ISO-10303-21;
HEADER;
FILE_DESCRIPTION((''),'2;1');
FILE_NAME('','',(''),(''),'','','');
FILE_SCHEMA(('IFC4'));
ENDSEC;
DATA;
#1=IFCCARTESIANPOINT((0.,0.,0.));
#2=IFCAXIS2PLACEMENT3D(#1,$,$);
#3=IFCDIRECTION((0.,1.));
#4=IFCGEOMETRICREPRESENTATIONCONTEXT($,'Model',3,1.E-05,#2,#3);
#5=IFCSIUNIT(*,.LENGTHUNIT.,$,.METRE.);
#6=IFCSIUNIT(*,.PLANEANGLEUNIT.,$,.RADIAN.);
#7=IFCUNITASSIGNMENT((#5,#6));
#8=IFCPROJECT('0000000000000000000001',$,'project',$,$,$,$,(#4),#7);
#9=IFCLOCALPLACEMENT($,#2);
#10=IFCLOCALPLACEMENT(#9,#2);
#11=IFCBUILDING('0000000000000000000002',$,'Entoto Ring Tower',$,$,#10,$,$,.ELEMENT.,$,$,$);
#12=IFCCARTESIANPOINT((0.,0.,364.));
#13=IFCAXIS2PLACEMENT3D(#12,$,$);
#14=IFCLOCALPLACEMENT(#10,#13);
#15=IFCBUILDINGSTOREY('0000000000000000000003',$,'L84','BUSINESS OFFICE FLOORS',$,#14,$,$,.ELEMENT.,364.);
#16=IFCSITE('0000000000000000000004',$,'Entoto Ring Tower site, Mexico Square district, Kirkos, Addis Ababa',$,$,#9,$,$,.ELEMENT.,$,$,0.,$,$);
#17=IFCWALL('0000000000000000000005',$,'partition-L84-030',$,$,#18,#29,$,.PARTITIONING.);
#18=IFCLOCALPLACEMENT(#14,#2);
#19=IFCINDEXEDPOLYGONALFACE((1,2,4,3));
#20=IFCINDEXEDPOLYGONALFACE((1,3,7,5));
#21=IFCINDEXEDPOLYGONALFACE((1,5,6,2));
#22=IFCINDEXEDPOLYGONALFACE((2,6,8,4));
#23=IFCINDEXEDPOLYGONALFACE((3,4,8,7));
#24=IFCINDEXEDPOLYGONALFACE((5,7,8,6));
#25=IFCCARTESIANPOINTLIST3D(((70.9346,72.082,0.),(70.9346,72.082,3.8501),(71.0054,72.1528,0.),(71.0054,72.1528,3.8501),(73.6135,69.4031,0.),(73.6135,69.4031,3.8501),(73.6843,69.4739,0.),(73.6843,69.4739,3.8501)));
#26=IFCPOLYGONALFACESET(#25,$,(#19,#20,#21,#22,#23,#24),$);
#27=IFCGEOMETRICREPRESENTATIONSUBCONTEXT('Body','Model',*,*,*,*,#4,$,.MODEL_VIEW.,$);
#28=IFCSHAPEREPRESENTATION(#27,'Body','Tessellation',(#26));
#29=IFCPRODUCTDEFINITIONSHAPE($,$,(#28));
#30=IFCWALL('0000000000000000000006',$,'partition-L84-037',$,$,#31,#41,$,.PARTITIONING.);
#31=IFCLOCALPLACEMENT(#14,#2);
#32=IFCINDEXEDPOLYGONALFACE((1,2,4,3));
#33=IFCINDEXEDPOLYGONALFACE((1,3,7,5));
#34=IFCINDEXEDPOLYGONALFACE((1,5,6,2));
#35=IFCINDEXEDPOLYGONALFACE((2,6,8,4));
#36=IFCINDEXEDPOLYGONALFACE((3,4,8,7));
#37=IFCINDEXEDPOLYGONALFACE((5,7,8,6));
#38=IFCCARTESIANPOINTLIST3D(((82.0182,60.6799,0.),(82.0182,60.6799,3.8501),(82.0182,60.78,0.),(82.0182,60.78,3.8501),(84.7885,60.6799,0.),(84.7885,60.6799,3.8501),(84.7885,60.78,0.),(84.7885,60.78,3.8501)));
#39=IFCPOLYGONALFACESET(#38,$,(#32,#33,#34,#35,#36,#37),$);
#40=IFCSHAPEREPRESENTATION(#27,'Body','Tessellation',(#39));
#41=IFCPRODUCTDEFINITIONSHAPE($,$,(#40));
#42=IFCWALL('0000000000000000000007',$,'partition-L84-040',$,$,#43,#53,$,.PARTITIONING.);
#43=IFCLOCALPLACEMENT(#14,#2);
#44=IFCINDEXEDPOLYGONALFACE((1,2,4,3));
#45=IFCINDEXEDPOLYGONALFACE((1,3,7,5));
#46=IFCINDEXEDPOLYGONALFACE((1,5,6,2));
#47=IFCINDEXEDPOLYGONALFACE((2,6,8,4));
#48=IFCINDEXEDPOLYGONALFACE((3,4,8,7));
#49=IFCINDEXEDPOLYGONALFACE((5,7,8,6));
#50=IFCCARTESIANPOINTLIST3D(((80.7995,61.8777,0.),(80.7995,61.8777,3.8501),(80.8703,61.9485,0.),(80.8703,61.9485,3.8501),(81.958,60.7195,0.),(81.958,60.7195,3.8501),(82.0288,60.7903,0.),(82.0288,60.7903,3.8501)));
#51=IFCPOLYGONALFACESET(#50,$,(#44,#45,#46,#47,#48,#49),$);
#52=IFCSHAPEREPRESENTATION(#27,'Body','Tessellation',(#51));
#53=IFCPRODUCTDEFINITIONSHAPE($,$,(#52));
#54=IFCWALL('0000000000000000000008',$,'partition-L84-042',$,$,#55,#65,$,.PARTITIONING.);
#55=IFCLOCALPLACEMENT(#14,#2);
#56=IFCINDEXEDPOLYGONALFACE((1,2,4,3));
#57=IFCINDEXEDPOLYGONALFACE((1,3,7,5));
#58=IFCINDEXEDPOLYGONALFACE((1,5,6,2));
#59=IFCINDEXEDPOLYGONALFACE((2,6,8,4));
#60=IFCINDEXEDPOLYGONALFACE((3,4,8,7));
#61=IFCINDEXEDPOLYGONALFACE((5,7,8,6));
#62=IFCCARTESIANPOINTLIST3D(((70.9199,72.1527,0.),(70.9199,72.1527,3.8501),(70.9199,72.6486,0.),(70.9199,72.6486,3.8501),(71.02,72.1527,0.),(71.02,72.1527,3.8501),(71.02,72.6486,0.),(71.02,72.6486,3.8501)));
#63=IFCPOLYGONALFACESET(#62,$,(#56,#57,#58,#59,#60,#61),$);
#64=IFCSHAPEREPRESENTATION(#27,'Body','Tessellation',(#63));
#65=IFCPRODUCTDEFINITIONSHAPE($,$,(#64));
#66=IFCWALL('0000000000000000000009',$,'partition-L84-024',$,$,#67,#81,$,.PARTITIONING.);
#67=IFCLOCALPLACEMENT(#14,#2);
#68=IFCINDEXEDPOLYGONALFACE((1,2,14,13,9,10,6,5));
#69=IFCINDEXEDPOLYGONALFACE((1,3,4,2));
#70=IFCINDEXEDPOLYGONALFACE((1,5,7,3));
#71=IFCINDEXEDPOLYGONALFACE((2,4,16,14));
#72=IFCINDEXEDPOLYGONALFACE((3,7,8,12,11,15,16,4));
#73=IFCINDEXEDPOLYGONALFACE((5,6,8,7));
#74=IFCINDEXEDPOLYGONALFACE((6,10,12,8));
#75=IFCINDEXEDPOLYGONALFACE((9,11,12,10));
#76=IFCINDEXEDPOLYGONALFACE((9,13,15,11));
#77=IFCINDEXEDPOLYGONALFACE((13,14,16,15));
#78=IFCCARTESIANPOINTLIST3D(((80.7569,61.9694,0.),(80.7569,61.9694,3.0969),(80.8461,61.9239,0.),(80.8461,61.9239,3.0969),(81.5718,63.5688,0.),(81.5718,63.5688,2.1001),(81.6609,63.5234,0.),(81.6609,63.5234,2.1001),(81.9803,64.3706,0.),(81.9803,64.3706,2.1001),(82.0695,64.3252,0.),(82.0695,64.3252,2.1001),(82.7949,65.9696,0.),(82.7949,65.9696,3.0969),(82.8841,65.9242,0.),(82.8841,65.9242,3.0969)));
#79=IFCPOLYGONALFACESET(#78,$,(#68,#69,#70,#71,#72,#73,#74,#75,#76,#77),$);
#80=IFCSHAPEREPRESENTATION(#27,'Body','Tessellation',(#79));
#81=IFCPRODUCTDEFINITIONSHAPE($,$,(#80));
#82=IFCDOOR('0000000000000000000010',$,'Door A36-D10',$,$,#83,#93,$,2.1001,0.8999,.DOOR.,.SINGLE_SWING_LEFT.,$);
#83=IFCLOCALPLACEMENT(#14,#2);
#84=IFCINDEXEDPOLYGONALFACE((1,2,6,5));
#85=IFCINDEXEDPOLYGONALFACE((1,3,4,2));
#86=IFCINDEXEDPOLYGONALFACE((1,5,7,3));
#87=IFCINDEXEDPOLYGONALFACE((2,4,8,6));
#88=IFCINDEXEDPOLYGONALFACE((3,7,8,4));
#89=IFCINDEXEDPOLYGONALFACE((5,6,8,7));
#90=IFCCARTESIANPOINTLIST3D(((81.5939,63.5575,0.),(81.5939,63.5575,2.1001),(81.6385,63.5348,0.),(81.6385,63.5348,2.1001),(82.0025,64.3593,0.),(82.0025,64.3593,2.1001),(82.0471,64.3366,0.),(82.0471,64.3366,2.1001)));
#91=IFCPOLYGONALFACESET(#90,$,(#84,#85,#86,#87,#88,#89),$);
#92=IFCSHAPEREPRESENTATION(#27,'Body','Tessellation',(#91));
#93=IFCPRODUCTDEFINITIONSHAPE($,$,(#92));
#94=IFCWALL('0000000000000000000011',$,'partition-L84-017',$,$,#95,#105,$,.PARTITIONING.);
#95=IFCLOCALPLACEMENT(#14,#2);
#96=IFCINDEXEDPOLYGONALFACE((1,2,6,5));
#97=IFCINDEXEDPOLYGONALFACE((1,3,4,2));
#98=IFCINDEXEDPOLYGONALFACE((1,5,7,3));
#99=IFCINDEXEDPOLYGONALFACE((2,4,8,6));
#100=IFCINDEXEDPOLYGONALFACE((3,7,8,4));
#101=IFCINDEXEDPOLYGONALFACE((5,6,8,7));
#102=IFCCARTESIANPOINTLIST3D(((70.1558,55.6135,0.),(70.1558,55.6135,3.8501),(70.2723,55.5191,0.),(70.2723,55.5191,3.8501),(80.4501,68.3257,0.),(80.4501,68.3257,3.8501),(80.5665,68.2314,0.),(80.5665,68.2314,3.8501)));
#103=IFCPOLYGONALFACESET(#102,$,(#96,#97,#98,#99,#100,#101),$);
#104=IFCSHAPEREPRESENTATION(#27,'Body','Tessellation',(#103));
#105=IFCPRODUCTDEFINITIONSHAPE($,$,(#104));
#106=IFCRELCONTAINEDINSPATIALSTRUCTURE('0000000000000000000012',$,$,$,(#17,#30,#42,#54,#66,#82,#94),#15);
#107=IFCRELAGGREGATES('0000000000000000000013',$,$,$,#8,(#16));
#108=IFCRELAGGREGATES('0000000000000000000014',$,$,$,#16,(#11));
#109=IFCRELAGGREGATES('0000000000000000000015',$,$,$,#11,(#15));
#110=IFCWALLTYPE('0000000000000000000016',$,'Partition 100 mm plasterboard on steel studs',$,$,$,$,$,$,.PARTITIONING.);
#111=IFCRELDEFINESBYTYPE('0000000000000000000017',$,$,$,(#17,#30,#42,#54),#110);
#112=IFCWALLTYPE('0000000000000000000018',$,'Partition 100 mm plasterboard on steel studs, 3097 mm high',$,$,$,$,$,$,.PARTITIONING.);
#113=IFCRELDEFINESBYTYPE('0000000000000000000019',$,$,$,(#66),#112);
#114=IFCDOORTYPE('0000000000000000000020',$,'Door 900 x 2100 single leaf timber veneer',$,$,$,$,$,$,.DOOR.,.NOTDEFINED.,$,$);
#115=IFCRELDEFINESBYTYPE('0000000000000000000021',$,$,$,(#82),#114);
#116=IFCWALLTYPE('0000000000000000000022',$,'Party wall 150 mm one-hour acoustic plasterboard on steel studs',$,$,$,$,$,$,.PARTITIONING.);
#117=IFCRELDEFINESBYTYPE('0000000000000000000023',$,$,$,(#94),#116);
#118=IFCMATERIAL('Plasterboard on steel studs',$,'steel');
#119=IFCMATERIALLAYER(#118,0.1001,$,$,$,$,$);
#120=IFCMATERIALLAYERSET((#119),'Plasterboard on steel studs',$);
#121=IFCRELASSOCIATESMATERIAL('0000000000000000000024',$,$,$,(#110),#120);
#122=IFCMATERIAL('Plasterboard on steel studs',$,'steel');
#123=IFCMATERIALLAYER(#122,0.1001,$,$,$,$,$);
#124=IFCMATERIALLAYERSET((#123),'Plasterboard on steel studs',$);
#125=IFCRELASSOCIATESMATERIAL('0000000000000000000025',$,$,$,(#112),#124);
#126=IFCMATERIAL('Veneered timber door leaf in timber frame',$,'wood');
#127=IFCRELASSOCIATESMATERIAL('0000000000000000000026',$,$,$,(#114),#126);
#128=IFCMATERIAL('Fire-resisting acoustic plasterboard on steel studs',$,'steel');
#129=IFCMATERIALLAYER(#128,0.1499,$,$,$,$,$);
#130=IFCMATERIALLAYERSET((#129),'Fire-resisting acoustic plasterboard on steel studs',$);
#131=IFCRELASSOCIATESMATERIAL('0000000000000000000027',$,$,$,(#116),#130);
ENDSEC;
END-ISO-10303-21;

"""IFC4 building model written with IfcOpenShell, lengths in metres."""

from ifc_helpers import new_model, si_unit, direction, frame, frame_2d, origin, place, context, subcontext, project, spatial, rectangle, extrude, material, layer, layer_set, type_object, element, fill, save


model = new_model("IFC4")

# Units and contexts
model_context = context("Model", 3, precision=1e-05, world=origin(), true_north=direction((0.0, 1.0)))
body_context = subcontext(model_context, "Body", "Model", "MODEL_VIEW")
ifc_project = project(units=[si_unit("LENGTHUNIT", "METRE"), si_unit("PLANEANGLEUNIT", "RADIAN")], contexts=[model_context])

# Site, building, storey
site_placement = place(None, origin())
site = spatial("IfcSite", under=ifc_project, at=site_placement, Name="Entoto Ring Tower site, Mexico Square district, Kirkos, Addis Ababa", CompositionType="ELEMENT", RefElevation=0.0)
building_placement = place(site_placement, origin())
building = spatial("IfcBuilding", under=site, at=building_placement, Name="Entoto Ring Tower", CompositionType="ELEMENT")
storey_placement = place(building_placement, frame((0.0, 0.0, 364.0)))
storey = spatial("IfcBuildingStorey", under=building, at=storey_placement, Name="L84", Description="BUSINESS OFFICE FLOORS", CompositionType="ELEMENT", Elevation=364.0)

# Walls
ifc_material_1 = material(Name="Plasterboard on steel studs", Category="steel")
ifc_layer_1 = layer(ifc_material_1, 0.1001)
ifc_layer_set_1 = layer_set([ifc_layer_1], Name="Plasterboard on steel studs")
wall_type_1 = type_object("IfcWallType", Name="Partition 100 mm plasterboard on steel studs", PredefinedType="PARTITIONING", material=ifc_layer_set_1)
wall_1_placement = place(storey_placement, frame((73.6489, 69.4385, 0.0), z_axis=(0.0, 0.0, 1.0), x_axis=(-0.707107, 0.707107, 0.0)))
element("IfcWall", 1, at=wall_1_placement, inside=storey, type_object=wall_type_1, Name="partition-L84-030", PredefinedType="PARTITIONING", context=body_context, shape_type="SweptSolid", body=[
    extrude(rectangle(XDim=3.7886, YDim=0.1001, at=frame_2d((1.8943, 0.0))), origin(), (0.0, 0.0, 1.0), 3.8501),
])
wall_2_placement = place(storey_placement, frame((82.0181, 60.73, 0.0), z_axis=(0.0, 0.0, 1.0), x_axis=(1.0, 0.0, 0.0)))
element("IfcWall", 2, at=wall_2_placement, inside=storey, type_object=wall_type_1, Name="partition-L84-037", PredefinedType="PARTITIONING", context=body_context, shape_type="SweptSolid", body=[
    extrude(rectangle(XDim=2.7703, YDim=0.1001, at=frame_2d((1.3853, 0.0))), origin(), (0.0, 0.0, 1.0), 3.8501),
])
wall_3_placement = place(storey_placement, frame((81.9934, 60.7549, 0.0), z_axis=(0.0, 0.0, 1.0), x_axis=(-0.707181, 0.707032, 0.0)))
element("IfcWall", 3, at=wall_3_placement, inside=storey, type_object=wall_type_1, Name="partition-L84-040", PredefinedType="PARTITIONING", context=body_context, shape_type="SweptSolid", body=[
    extrude(rectangle(XDim=1.6382, YDim=0.1001, at=frame_2d((0.8191, 0.0))), origin(), (0.0, 0.0, 1.0), 3.8501),
])
wall_4_placement = place(storey_placement, frame((70.97, 72.1526, 0.0), z_axis=(0.0, 0.0, 1.0), x_axis=(0.0, 1.0, 0.0)))
element("IfcWall", 4, at=wall_4_placement, inside=storey, type_object=wall_type_1, Name="partition-L84-042", PredefinedType="PARTITIONING", context=body_context, shape_type="SweptSolid", body=[
    extrude(rectangle(XDim=0.4958, YDim=0.1001, at=frame_2d((0.248, 0.0))), origin(), (0.0, 0.0, 1.0), 3.8501),
])

# Wall, opening, door
ifc_material_2 = material(Name="Plasterboard on steel studs", Category="steel")
ifc_layer_2 = layer(ifc_material_2, 0.1001)
ifc_layer_set_2 = layer_set([ifc_layer_2], Name="Plasterboard on steel studs")
wall_type_2 = type_object("IfcWallType", Name="Partition 100 mm plasterboard on steel studs, 3097 mm high", PredefinedType="PARTITIONING", material=ifc_layer_set_2)
wall_5_placement = place(storey_placement, frame((80.8015, 61.9468, 0.0), z_axis=(0.0, 0.0, 1.0), x_axis=(0.453966, 0.891019, 0.0)))
wall_5 = element("IfcWall", 5, at=wall_5_placement, inside=storey, type_object=wall_type_2, Name="partition-L84-024", PredefinedType="PARTITIONING", context=body_context, shape_type="SweptSolid", body=[
    extrude(rectangle(XDim=4.4895, YDim=0.1001, at=frame_2d((2.2446, 0.0))), origin(), (0.0, 0.0, 1.0), 3.0969),
])
opening_1_placement = place(wall_5_placement, frame((1.7949, 0.0, 0.0)))
opening_1 = element("IfcOpeningElement", 6, at=opening_1_placement, cuts=wall_5, PredefinedType="OPENING", context=body_context, shape_type="SweptSolid", body=[
    extrude(rectangle(XDim=0.8999, YDim=2.1001, at=frame_2d((0.45, 1.05))), frame((0.0, 0.0601, 0.0), z_axis=(0.0, -1.0, 0.0), x_axis=(1.0, 0.0, 0.0)), (0.0, 0.0, 1.0), 0.1201),
])
ifc_material_3 = material(Name="Veneered timber door leaf in timber frame", Category="wood")
door_type_1 = type_object("IfcDoorType", Name="Door 900 x 2100 single leaf timber veneer", OperationType="NOTDEFINED", PredefinedType="DOOR", material=ifc_material_3)
door_1_placement = place(opening_1_placement, frame((0.8999, 0.0, 0.0), z_axis=(0.0, 0.0, 1.0), x_axis=(-1.0, 0.0, 0.0)))
door_1 = element("IfcDoor", 7, at=door_1_placement, inside=storey, type_object=door_type_1, Name="Door A36-D10", OperationType="SINGLE_SWING_LEFT", OverallHeight=2.1001, OverallWidth=0.8999, PredefinedType="DOOR", context=body_context, shape_type="SweptSolid", body=[
    extrude(rectangle(XDim=0.8999, YDim=2.1001, at=frame_2d((0.45, 1.05))), frame((0.0, 0.0249, 0.0), z_axis=(0.0, -1.0, 0.0), x_axis=(1.0, 0.0, 0.0)), (0.0, 0.0, 1.0), 0.05),
])
fill(opening_1, door_1)

# Wall
ifc_material_4 = material(Name="Fire-resisting acoustic plasterboard on steel studs", Category="steel")
ifc_layer_3 = layer(ifc_material_4, 0.1499)
ifc_layer_set_3 = layer_set([ifc_layer_3], Name="Fire-resisting acoustic plasterboard on steel studs")
wall_type_3 = type_object("IfcWallType", Name="Party wall 150 mm one-hour acoustic plasterboard on steel studs", PredefinedType="PARTITIONING", material=ifc_layer_set_3)
wall_6_placement = place(storey_placement, frame((70.2141, 55.5664, 0.0), z_axis=(0.0, 0.0, 1.0), x_axis=(0.629324, 0.777143, 0.0)))
element("IfcWall", 8, at=wall_6_placement, inside=storey, type_object=wall_type_3, Name="partition-L84-017", PredefinedType="PARTITIONING", context=body_context, shape_type="SweptSolid", body=[
    extrude(rectangle(XDim=16.3577, YDim=0.1499, at=frame_2d((8.1787, 0.0))), origin(), (0.0, 0.0, 1.0), 3.8501),
])

save(model, "model.ifc")
